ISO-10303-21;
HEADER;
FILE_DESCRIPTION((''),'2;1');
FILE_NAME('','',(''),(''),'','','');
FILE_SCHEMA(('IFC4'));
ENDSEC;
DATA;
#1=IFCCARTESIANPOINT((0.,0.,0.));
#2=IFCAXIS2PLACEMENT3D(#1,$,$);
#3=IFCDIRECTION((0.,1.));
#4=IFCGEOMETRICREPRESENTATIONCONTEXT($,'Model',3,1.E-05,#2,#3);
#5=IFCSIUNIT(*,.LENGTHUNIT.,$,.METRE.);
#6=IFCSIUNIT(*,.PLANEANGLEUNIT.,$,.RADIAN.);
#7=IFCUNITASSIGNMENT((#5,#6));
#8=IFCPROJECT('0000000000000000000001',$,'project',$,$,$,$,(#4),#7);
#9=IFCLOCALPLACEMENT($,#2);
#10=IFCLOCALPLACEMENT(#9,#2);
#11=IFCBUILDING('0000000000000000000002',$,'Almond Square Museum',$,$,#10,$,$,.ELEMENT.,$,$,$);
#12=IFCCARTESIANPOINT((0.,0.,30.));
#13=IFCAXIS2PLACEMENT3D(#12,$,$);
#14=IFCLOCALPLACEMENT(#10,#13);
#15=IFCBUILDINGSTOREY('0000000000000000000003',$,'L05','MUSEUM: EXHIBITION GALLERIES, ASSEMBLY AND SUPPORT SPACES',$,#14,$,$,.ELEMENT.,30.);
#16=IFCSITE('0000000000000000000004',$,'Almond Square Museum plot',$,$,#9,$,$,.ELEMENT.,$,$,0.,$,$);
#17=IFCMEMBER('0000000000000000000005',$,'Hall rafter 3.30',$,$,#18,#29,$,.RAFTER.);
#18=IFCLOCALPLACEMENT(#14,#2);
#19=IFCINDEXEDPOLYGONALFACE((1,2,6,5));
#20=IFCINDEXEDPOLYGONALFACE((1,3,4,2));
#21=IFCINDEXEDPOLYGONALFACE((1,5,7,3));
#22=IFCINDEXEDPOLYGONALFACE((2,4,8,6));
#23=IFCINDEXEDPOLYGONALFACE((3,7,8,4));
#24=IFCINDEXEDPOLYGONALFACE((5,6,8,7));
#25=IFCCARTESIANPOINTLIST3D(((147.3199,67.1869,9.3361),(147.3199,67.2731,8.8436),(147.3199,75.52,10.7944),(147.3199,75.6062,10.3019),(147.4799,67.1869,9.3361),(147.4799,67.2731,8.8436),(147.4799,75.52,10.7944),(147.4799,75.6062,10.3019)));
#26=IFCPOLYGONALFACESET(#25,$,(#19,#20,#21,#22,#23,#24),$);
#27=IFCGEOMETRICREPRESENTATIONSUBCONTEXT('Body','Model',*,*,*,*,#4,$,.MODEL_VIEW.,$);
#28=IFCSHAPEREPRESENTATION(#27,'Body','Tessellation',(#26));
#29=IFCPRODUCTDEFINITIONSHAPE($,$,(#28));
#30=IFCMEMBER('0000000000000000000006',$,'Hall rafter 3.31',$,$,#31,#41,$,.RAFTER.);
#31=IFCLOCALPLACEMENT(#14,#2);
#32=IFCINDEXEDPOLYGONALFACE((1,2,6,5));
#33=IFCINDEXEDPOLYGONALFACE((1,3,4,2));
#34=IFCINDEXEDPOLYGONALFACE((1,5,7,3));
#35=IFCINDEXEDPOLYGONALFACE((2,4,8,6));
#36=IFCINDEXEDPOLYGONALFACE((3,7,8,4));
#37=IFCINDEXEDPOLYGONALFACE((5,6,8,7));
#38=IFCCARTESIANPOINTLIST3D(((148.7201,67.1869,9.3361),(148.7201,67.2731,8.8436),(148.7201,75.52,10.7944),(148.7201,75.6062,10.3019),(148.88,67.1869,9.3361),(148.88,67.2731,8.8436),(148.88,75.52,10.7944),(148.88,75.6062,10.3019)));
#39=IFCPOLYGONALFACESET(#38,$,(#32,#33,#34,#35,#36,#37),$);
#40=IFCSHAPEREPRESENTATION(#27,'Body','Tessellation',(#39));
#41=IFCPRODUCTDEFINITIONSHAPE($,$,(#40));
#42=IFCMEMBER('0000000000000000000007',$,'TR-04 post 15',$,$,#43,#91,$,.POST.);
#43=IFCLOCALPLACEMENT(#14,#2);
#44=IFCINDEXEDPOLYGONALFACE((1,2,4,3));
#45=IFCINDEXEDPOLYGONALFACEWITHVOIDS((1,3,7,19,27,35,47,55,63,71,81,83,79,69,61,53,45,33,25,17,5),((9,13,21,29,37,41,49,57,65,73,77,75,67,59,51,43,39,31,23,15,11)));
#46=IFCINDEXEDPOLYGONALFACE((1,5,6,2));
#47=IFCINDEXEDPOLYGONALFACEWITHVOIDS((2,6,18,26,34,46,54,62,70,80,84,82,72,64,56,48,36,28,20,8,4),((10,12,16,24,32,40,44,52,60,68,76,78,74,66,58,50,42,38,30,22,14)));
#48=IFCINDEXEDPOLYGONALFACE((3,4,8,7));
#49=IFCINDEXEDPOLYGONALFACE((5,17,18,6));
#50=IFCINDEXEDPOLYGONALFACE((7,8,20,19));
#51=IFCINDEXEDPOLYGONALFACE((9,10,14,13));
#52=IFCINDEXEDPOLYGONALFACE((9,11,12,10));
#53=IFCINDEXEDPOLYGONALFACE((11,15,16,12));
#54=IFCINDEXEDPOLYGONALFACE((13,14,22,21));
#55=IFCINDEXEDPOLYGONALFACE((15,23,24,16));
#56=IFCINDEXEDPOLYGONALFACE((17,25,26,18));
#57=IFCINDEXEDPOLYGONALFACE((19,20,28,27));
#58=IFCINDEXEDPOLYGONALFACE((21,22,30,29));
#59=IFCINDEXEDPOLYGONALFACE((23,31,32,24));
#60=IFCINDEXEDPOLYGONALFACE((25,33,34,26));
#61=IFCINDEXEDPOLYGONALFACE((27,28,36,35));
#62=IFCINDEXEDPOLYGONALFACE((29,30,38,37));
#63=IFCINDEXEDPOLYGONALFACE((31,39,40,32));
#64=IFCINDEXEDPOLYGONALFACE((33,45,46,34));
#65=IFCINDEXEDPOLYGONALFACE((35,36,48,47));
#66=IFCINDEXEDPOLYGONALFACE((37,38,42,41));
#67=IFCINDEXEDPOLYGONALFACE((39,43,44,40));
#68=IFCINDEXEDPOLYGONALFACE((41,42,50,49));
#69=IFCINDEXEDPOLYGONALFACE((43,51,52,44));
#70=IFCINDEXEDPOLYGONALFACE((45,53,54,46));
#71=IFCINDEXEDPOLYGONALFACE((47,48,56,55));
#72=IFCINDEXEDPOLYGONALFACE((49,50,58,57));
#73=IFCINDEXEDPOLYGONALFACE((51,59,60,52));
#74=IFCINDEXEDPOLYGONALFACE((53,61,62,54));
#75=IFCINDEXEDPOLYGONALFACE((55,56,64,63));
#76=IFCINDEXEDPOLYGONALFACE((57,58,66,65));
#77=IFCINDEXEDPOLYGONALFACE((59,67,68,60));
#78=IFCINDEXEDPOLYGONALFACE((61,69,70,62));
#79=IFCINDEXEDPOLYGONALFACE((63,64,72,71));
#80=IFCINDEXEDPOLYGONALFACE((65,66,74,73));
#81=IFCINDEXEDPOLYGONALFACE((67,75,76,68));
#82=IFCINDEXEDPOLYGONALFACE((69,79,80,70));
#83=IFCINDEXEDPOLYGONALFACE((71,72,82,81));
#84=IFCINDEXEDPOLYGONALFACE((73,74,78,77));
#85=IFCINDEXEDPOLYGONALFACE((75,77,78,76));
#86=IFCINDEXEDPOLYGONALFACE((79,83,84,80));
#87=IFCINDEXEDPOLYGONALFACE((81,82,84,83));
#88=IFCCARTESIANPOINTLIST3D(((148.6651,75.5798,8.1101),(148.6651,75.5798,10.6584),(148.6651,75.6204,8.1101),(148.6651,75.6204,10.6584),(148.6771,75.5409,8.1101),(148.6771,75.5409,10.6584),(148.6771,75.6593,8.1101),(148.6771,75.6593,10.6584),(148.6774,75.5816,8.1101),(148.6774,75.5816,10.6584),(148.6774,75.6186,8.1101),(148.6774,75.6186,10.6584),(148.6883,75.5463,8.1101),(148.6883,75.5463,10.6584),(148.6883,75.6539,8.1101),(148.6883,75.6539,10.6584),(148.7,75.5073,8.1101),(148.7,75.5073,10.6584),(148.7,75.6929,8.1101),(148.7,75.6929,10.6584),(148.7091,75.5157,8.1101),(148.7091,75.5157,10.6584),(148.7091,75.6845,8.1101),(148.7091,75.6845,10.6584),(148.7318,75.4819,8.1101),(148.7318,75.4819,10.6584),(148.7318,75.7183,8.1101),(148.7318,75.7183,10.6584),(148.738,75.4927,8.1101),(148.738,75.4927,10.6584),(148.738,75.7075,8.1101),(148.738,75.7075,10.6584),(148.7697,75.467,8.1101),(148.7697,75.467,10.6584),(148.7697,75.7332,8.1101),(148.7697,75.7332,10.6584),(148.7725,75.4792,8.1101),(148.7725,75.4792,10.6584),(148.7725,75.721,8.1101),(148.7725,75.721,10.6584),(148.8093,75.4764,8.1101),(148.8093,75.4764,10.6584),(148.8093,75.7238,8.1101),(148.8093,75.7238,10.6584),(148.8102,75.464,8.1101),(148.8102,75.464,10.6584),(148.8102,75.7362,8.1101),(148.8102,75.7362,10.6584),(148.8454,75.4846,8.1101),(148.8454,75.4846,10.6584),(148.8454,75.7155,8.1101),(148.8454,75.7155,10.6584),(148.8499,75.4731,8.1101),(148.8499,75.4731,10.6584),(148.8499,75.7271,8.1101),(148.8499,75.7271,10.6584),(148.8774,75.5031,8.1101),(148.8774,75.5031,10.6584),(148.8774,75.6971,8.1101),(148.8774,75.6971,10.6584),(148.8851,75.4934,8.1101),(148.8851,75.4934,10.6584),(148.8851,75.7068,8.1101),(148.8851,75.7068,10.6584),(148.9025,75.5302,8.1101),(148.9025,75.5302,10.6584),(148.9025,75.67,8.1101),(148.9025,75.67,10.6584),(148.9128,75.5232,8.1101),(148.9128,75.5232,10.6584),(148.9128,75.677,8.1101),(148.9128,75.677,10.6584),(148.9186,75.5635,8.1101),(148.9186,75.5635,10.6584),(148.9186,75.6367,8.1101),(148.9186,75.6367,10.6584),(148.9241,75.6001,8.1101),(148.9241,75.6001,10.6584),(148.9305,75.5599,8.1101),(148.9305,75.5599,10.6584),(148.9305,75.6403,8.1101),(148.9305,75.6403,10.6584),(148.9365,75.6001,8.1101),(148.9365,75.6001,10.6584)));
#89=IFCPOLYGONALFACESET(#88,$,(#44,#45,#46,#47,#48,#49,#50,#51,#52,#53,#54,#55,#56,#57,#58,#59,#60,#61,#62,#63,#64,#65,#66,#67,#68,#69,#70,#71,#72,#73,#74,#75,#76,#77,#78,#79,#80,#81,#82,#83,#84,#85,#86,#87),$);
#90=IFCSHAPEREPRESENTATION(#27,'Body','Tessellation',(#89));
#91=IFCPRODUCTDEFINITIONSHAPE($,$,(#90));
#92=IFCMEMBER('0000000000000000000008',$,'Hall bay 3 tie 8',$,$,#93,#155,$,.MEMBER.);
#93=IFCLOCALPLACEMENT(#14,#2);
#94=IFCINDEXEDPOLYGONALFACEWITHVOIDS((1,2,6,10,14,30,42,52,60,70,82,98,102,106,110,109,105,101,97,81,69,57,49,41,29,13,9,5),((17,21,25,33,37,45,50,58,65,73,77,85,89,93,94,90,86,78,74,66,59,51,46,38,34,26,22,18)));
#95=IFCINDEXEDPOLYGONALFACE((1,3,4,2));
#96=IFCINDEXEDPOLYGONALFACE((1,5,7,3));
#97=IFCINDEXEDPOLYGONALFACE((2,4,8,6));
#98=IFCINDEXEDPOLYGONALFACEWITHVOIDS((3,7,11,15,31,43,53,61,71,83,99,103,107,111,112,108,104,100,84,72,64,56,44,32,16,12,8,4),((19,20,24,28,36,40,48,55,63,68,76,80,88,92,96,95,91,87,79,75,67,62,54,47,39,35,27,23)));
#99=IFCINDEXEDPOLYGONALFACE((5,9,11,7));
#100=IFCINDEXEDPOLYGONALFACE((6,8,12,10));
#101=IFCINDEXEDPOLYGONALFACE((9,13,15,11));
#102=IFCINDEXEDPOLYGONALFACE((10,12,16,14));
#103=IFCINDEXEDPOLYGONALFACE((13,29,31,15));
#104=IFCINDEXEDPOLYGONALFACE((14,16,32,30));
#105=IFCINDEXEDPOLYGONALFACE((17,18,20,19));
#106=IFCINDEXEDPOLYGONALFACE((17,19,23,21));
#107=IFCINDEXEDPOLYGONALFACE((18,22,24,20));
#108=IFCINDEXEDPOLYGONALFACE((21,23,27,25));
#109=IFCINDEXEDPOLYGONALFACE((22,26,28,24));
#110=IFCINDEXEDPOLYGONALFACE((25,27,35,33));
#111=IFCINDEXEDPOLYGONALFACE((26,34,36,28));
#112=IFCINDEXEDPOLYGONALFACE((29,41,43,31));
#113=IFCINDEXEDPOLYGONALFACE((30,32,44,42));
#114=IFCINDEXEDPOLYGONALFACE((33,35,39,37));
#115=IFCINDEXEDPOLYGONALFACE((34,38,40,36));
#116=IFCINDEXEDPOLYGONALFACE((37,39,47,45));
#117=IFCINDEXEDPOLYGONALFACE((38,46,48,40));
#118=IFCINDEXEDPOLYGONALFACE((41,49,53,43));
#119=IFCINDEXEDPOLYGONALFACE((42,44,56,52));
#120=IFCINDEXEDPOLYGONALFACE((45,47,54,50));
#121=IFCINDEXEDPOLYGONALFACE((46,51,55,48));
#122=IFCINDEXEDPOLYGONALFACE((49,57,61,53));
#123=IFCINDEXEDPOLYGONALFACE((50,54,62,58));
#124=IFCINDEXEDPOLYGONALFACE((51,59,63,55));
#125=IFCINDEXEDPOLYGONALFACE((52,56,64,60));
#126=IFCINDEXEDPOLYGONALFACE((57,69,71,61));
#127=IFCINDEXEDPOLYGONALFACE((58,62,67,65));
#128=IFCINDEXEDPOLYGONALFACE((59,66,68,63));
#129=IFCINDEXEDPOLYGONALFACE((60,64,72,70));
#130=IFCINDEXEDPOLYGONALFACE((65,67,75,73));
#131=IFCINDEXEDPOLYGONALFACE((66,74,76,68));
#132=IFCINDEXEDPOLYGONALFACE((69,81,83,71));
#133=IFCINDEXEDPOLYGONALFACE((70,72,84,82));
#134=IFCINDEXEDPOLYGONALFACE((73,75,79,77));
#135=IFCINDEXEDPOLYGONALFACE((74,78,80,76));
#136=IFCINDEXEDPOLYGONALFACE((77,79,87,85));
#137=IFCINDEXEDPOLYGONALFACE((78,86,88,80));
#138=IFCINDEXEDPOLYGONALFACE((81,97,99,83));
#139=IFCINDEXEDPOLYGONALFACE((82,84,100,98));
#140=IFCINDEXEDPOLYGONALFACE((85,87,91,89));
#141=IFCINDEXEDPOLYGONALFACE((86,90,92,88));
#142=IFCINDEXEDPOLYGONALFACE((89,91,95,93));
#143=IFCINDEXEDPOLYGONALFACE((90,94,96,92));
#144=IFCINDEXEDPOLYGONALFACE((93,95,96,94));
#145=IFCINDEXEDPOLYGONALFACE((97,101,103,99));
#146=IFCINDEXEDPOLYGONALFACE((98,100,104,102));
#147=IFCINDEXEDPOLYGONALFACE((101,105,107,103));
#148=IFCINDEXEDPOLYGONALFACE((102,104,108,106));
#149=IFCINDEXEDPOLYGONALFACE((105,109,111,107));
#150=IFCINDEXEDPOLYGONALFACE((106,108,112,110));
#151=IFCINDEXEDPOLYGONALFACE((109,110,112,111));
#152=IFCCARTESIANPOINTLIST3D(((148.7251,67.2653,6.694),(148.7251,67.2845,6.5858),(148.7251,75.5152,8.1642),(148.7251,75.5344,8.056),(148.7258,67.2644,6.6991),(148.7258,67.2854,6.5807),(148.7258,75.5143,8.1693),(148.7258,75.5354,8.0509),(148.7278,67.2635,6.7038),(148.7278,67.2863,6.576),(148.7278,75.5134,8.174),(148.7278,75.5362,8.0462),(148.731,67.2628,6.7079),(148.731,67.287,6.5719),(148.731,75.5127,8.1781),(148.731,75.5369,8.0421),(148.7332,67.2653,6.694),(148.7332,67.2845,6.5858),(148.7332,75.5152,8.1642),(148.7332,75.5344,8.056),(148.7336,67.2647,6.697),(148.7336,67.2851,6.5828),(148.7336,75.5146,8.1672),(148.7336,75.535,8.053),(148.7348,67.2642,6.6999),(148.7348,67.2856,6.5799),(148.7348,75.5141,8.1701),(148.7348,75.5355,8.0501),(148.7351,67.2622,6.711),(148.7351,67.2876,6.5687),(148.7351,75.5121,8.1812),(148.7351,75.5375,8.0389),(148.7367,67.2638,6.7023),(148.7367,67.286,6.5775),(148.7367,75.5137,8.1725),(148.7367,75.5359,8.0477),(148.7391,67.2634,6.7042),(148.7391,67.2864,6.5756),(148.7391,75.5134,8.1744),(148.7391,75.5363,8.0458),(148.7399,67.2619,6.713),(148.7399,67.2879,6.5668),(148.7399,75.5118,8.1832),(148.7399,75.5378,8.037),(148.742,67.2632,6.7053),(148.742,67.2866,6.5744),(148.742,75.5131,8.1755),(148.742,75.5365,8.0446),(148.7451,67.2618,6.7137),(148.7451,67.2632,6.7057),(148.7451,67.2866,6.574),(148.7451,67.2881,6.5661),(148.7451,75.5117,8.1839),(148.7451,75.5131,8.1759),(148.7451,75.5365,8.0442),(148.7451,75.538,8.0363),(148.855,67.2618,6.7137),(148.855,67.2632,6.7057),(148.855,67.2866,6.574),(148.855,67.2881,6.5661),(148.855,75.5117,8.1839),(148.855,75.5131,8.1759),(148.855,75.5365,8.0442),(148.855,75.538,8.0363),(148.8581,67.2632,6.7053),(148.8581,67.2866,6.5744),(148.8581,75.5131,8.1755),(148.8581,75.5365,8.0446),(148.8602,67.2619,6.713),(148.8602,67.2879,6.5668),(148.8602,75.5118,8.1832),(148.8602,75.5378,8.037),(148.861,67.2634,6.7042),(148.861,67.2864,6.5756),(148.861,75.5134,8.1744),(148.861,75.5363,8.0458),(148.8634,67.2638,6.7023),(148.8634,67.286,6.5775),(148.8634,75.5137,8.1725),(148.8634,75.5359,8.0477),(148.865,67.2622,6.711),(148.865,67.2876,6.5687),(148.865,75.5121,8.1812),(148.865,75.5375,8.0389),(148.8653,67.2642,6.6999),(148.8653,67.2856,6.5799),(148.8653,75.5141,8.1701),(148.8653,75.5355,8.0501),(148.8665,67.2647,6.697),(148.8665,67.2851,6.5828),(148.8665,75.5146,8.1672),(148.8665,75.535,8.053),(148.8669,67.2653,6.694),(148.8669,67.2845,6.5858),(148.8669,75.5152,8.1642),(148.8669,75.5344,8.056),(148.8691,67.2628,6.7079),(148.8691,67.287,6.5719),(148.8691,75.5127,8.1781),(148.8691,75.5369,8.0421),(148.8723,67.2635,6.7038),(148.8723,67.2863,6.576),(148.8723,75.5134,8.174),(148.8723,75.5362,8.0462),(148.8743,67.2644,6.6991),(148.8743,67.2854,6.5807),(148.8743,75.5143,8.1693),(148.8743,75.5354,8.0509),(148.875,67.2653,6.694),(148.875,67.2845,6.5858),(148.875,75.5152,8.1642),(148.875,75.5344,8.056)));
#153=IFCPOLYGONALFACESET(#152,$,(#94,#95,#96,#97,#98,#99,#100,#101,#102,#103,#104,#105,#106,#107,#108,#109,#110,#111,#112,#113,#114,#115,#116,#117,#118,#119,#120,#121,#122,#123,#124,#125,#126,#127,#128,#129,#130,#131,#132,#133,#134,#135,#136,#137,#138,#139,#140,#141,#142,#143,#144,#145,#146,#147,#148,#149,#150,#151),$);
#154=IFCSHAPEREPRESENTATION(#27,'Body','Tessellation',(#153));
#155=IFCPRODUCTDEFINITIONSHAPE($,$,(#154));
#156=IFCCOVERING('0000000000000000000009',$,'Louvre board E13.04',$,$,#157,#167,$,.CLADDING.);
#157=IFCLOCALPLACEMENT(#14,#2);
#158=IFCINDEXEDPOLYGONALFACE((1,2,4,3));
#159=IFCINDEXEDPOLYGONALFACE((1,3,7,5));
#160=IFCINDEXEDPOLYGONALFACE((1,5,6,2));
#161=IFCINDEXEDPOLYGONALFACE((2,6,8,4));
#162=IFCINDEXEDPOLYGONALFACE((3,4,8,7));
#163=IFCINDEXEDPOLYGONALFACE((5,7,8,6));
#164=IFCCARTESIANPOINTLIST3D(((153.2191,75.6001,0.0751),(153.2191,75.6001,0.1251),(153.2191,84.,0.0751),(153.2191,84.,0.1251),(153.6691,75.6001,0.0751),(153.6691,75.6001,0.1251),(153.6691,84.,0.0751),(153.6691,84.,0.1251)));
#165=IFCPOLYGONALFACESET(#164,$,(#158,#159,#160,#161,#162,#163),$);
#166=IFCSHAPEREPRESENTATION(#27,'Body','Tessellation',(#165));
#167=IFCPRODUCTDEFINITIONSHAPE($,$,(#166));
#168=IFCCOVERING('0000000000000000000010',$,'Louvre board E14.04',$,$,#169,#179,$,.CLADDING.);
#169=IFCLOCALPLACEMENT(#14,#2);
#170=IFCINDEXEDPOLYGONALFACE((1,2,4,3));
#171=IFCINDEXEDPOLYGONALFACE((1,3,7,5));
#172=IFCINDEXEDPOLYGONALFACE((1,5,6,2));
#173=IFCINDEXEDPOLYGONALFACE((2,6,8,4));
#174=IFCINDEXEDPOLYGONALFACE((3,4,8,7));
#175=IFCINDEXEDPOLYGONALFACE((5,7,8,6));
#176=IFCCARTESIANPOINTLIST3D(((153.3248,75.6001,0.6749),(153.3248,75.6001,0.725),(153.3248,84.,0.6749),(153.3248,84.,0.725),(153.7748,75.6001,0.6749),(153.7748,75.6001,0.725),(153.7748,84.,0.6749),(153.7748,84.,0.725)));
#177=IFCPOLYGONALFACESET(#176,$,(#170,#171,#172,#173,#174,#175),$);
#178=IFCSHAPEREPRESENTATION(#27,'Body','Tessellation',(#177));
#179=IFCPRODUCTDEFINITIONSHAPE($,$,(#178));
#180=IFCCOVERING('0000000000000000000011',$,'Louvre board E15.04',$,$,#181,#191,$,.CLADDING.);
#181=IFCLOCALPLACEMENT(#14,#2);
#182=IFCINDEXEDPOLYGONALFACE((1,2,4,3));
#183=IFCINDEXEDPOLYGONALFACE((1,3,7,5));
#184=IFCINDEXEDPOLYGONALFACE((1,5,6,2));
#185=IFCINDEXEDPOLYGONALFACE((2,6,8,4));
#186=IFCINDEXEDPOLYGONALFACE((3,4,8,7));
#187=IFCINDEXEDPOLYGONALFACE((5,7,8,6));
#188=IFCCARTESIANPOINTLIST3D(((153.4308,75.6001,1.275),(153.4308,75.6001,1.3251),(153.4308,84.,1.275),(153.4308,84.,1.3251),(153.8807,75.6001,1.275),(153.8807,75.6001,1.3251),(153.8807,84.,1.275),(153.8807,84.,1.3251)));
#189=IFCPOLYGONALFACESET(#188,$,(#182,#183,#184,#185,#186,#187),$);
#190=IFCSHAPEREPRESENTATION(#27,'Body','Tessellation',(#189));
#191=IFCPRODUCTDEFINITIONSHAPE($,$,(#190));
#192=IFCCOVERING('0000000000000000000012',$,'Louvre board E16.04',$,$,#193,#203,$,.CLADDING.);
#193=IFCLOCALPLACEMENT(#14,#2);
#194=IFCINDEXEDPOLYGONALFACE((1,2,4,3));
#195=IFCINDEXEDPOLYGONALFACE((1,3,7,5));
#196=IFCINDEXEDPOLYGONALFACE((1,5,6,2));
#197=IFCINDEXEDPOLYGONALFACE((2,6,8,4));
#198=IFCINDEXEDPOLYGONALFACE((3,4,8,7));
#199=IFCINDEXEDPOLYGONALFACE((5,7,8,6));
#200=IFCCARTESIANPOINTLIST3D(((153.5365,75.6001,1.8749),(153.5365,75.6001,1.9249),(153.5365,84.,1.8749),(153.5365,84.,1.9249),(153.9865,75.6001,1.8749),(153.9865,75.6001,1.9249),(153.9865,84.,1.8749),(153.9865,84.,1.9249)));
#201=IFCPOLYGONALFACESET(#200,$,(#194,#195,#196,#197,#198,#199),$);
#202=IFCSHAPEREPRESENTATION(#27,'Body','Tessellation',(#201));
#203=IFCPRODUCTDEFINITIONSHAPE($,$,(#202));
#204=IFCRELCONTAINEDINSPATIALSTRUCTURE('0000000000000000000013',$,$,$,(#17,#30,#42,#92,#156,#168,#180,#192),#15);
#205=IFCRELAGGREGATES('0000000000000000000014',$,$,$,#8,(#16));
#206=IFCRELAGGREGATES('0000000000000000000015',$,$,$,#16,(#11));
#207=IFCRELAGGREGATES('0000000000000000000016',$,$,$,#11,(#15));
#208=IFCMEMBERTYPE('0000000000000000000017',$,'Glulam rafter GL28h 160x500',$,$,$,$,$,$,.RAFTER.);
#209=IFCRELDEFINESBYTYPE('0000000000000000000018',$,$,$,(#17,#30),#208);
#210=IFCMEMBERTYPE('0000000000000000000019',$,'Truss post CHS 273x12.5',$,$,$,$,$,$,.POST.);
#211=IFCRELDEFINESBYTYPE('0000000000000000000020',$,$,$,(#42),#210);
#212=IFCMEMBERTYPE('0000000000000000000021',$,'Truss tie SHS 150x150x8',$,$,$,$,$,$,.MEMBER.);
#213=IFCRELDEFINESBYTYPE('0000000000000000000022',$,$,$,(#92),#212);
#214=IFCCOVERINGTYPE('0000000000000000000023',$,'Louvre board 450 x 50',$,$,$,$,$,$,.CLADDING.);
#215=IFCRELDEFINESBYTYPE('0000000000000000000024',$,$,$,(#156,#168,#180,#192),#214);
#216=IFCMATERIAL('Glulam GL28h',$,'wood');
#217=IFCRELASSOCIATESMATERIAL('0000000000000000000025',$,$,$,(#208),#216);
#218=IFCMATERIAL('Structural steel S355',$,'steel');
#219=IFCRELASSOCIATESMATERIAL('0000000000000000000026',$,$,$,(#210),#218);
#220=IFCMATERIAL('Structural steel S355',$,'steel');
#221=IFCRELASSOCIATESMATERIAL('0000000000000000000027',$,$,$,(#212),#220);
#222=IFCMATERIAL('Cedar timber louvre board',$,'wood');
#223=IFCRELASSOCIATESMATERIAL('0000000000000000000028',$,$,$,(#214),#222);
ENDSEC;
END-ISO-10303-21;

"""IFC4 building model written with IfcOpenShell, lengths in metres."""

from ifc_helpers import new_model, si_unit, direction, frame, origin, origin_2d, place, context, subcontext, project, spatial, rectangle, hollow_rectangle, hollow_circle, extrude, material, material_profile, profile_set, type_object, element, save


model = new_model("IFC4")

# Units and contexts
model_context = context("Model", 3, precision=1e-05, world=origin(), true_north=direction((0.0, 1.0)))
body_context = subcontext(model_context, "Body", "Model", "MODEL_VIEW")
ifc_project = project(units=[si_unit("LENGTHUNIT", "METRE"), si_unit("PLANEANGLEUNIT", "RADIAN")], contexts=[model_context])

# Site, building, storey
site_placement = place(None, origin())
site = spatial("IfcSite", under=ifc_project, at=site_placement, Name="Almond Square Museum plot", CompositionType="ELEMENT", RefElevation=0.0)
building_placement = place(site_placement, origin())
building = spatial("IfcBuilding", under=site, at=building_placement, Name="Almond Square Museum", CompositionType="ELEMENT")
storey_placement = place(building_placement, frame((0.0, 0.0, 30.0)))
storey = spatial("IfcBuildingStorey", under=building, at=storey_placement, Name="L05", Description="MUSEUM: EXHIBITION GALLERIES, ASSEMBLY AND SUPPORT SPACES", CompositionType="ELEMENT", Elevation=30.0)

# Members
ifc_material_1 = material(Name="Glulam GL28h", Category="wood")
ifc_material_profile_1 = material_profile(ifc_material_1, rectangle(XDim=0.1599, YDim=0.5, at=origin_2d()))
ifc_profile_set_1 = profile_set([ifc_material_profile_1], Name="Glulam GL28h")
member_type_1 = type_object("IfcMemberType", Name="Glulam rafter GL28h 160x500", PredefinedType="RAFTER", material=ifc_profile_set_1)
for number, where, z_axis, x_axis, name in (
    (1, (147.3999, 67.23, 9.0898), (0.0, 0.985031, 0.172378), (-1.0, 0.0, 0.0), "Hall rafter 3.30"),
    (2, (148.8, 67.23, 9.0898), (0.0, 0.985031, 0.172378), (-1.0, 0.0, 0.0), "Hall rafter 3.31"),
):
    element("IfcMember", number, at=place(storey_placement, frame(where, z_axis=z_axis, x_axis=x_axis)), inside=storey, type_object=member_type_1, Name=name, PredefinedType="RAFTER", context=body_context, shape_type="SweptSolid", body=[
        extrude(rectangle(XDim=0.1599, YDim=0.5, at=origin_2d()), origin(), (0.0, 0.0, 1.0), 8.4597),
    ])
ifc_material_2 = material(Name="Structural steel S355", Category="steel")
ifc_material_profile_2 = material_profile(ifc_material_2, hollow_circle(Radius=0.1365, WallThickness=0.0125, at=origin_2d()))
ifc_profile_set_2 = profile_set([ifc_material_profile_2], Name="Structural steel S355")
member_type_2 = type_object("IfcMemberType", Name="Truss post CHS 273x12.5", PredefinedType="POST", material=ifc_profile_set_2)
member_1_placement = place(storey_placement, frame((148.8, 75.6001, 8.1101), z_axis=(0.0, 0.0, 1.0), x_axis=(1.0, 0.0, 0.0)))
element("IfcMember", 3, at=member_1_placement, inside=storey, type_object=member_type_2, Name="TR-04 post 15", PredefinedType="POST", context=body_context, shape_type="SweptSolid", body=[
    extrude(hollow_circle(Radius=0.1365, WallThickness=0.0125, at=origin_2d()), origin(), (0.0, 0.0, 1.0), 2.5483),
])
ifc_material_3 = material(Name="Structural steel S355", Category="steel")
ifc_material_profile_3 = material_profile(ifc_material_3, hollow_rectangle(XDim=0.1499, YDim=0.1499, WallThickness=0.0081, InnerFilletRadius=0.012, OuterFilletRadius=0.02, at=origin_2d()))
ifc_profile_set_3 = profile_set([ifc_material_profile_3], Name="Structural steel S355")
member_type_3 = type_object("IfcMemberType", Name="Truss tie SHS 150x150x8", PredefinedType="MEMBER", material=ifc_profile_set_3)
member_2_placement = place(storey_placement, frame((148.8, 67.2749, 6.6399), z_axis=(0.0, 0.984489, 0.175444), x_axis=(-1.0, 0.0, 0.0)))
element("IfcMember", 4, at=member_2_placement, inside=storey, type_object=member_type_3, Name="Hall bay 3 tie 8", PredefinedType="MEMBER", context=body_context, shape_type="SweptSolid", body=[
    extrude(hollow_rectangle(XDim=0.1499, YDim=0.1499, WallThickness=0.0081, InnerFilletRadius=0.012, OuterFilletRadius=0.02, at=origin_2d()), origin(), (0.0, 0.0, 1.0), 8.3799),
])

# Coverings
ifc_material_4 = material(Name="Cedar timber louvre board", Category="wood")
ifc_material_profile_4 = material_profile(ifc_material_4, rectangle(XDim=0.45, YDim=0.05, at=origin_2d()))
ifc_profile_set_4 = profile_set([ifc_material_profile_4], Name="Cedar timber louvre board")
covering_type = type_object("IfcCoveringType", Name="Louvre board 450 x 50", PredefinedType="CLADDING", material=ifc_profile_set_4)
for number, where, z_axis, x_axis, name in (
    (5, (153.4441, 75.6001, 0.1001), (0.0, 1.0, 0.0), (-1.0, 0.0, 0.0), "Louvre board E13.04"),
    (6, (153.5498, 75.6001, 0.7), (0.0, 1.0, 0.0), (-1.0, 0.0, 0.0), "Louvre board E14.04"),
    (7, (153.6558, 75.6001, 1.3), (0.0, 1.0, 0.0), (-1.0, 0.0, 0.0), "Louvre board E15.04"),
    (8, (153.7615, 75.6001, 1.8999), (0.0, 1.0, 0.0), (-1.0, 0.0, 0.0), "Louvre board E16.04"),
):
    element("IfcCovering", number, at=place(storey_placement, frame(where, z_axis=z_axis, x_axis=x_axis)), inside=storey, type_object=covering_type, Name=name, PredefinedType="CLADDING", context=body_context, shape_type="SweptSolid", body=[
        extrude(rectangle(XDim=0.45, YDim=0.05, at=origin_2d()), origin(), (0.0, 0.0, 1.0), 8.3999),
    ])

save(model, "model.ifc")
